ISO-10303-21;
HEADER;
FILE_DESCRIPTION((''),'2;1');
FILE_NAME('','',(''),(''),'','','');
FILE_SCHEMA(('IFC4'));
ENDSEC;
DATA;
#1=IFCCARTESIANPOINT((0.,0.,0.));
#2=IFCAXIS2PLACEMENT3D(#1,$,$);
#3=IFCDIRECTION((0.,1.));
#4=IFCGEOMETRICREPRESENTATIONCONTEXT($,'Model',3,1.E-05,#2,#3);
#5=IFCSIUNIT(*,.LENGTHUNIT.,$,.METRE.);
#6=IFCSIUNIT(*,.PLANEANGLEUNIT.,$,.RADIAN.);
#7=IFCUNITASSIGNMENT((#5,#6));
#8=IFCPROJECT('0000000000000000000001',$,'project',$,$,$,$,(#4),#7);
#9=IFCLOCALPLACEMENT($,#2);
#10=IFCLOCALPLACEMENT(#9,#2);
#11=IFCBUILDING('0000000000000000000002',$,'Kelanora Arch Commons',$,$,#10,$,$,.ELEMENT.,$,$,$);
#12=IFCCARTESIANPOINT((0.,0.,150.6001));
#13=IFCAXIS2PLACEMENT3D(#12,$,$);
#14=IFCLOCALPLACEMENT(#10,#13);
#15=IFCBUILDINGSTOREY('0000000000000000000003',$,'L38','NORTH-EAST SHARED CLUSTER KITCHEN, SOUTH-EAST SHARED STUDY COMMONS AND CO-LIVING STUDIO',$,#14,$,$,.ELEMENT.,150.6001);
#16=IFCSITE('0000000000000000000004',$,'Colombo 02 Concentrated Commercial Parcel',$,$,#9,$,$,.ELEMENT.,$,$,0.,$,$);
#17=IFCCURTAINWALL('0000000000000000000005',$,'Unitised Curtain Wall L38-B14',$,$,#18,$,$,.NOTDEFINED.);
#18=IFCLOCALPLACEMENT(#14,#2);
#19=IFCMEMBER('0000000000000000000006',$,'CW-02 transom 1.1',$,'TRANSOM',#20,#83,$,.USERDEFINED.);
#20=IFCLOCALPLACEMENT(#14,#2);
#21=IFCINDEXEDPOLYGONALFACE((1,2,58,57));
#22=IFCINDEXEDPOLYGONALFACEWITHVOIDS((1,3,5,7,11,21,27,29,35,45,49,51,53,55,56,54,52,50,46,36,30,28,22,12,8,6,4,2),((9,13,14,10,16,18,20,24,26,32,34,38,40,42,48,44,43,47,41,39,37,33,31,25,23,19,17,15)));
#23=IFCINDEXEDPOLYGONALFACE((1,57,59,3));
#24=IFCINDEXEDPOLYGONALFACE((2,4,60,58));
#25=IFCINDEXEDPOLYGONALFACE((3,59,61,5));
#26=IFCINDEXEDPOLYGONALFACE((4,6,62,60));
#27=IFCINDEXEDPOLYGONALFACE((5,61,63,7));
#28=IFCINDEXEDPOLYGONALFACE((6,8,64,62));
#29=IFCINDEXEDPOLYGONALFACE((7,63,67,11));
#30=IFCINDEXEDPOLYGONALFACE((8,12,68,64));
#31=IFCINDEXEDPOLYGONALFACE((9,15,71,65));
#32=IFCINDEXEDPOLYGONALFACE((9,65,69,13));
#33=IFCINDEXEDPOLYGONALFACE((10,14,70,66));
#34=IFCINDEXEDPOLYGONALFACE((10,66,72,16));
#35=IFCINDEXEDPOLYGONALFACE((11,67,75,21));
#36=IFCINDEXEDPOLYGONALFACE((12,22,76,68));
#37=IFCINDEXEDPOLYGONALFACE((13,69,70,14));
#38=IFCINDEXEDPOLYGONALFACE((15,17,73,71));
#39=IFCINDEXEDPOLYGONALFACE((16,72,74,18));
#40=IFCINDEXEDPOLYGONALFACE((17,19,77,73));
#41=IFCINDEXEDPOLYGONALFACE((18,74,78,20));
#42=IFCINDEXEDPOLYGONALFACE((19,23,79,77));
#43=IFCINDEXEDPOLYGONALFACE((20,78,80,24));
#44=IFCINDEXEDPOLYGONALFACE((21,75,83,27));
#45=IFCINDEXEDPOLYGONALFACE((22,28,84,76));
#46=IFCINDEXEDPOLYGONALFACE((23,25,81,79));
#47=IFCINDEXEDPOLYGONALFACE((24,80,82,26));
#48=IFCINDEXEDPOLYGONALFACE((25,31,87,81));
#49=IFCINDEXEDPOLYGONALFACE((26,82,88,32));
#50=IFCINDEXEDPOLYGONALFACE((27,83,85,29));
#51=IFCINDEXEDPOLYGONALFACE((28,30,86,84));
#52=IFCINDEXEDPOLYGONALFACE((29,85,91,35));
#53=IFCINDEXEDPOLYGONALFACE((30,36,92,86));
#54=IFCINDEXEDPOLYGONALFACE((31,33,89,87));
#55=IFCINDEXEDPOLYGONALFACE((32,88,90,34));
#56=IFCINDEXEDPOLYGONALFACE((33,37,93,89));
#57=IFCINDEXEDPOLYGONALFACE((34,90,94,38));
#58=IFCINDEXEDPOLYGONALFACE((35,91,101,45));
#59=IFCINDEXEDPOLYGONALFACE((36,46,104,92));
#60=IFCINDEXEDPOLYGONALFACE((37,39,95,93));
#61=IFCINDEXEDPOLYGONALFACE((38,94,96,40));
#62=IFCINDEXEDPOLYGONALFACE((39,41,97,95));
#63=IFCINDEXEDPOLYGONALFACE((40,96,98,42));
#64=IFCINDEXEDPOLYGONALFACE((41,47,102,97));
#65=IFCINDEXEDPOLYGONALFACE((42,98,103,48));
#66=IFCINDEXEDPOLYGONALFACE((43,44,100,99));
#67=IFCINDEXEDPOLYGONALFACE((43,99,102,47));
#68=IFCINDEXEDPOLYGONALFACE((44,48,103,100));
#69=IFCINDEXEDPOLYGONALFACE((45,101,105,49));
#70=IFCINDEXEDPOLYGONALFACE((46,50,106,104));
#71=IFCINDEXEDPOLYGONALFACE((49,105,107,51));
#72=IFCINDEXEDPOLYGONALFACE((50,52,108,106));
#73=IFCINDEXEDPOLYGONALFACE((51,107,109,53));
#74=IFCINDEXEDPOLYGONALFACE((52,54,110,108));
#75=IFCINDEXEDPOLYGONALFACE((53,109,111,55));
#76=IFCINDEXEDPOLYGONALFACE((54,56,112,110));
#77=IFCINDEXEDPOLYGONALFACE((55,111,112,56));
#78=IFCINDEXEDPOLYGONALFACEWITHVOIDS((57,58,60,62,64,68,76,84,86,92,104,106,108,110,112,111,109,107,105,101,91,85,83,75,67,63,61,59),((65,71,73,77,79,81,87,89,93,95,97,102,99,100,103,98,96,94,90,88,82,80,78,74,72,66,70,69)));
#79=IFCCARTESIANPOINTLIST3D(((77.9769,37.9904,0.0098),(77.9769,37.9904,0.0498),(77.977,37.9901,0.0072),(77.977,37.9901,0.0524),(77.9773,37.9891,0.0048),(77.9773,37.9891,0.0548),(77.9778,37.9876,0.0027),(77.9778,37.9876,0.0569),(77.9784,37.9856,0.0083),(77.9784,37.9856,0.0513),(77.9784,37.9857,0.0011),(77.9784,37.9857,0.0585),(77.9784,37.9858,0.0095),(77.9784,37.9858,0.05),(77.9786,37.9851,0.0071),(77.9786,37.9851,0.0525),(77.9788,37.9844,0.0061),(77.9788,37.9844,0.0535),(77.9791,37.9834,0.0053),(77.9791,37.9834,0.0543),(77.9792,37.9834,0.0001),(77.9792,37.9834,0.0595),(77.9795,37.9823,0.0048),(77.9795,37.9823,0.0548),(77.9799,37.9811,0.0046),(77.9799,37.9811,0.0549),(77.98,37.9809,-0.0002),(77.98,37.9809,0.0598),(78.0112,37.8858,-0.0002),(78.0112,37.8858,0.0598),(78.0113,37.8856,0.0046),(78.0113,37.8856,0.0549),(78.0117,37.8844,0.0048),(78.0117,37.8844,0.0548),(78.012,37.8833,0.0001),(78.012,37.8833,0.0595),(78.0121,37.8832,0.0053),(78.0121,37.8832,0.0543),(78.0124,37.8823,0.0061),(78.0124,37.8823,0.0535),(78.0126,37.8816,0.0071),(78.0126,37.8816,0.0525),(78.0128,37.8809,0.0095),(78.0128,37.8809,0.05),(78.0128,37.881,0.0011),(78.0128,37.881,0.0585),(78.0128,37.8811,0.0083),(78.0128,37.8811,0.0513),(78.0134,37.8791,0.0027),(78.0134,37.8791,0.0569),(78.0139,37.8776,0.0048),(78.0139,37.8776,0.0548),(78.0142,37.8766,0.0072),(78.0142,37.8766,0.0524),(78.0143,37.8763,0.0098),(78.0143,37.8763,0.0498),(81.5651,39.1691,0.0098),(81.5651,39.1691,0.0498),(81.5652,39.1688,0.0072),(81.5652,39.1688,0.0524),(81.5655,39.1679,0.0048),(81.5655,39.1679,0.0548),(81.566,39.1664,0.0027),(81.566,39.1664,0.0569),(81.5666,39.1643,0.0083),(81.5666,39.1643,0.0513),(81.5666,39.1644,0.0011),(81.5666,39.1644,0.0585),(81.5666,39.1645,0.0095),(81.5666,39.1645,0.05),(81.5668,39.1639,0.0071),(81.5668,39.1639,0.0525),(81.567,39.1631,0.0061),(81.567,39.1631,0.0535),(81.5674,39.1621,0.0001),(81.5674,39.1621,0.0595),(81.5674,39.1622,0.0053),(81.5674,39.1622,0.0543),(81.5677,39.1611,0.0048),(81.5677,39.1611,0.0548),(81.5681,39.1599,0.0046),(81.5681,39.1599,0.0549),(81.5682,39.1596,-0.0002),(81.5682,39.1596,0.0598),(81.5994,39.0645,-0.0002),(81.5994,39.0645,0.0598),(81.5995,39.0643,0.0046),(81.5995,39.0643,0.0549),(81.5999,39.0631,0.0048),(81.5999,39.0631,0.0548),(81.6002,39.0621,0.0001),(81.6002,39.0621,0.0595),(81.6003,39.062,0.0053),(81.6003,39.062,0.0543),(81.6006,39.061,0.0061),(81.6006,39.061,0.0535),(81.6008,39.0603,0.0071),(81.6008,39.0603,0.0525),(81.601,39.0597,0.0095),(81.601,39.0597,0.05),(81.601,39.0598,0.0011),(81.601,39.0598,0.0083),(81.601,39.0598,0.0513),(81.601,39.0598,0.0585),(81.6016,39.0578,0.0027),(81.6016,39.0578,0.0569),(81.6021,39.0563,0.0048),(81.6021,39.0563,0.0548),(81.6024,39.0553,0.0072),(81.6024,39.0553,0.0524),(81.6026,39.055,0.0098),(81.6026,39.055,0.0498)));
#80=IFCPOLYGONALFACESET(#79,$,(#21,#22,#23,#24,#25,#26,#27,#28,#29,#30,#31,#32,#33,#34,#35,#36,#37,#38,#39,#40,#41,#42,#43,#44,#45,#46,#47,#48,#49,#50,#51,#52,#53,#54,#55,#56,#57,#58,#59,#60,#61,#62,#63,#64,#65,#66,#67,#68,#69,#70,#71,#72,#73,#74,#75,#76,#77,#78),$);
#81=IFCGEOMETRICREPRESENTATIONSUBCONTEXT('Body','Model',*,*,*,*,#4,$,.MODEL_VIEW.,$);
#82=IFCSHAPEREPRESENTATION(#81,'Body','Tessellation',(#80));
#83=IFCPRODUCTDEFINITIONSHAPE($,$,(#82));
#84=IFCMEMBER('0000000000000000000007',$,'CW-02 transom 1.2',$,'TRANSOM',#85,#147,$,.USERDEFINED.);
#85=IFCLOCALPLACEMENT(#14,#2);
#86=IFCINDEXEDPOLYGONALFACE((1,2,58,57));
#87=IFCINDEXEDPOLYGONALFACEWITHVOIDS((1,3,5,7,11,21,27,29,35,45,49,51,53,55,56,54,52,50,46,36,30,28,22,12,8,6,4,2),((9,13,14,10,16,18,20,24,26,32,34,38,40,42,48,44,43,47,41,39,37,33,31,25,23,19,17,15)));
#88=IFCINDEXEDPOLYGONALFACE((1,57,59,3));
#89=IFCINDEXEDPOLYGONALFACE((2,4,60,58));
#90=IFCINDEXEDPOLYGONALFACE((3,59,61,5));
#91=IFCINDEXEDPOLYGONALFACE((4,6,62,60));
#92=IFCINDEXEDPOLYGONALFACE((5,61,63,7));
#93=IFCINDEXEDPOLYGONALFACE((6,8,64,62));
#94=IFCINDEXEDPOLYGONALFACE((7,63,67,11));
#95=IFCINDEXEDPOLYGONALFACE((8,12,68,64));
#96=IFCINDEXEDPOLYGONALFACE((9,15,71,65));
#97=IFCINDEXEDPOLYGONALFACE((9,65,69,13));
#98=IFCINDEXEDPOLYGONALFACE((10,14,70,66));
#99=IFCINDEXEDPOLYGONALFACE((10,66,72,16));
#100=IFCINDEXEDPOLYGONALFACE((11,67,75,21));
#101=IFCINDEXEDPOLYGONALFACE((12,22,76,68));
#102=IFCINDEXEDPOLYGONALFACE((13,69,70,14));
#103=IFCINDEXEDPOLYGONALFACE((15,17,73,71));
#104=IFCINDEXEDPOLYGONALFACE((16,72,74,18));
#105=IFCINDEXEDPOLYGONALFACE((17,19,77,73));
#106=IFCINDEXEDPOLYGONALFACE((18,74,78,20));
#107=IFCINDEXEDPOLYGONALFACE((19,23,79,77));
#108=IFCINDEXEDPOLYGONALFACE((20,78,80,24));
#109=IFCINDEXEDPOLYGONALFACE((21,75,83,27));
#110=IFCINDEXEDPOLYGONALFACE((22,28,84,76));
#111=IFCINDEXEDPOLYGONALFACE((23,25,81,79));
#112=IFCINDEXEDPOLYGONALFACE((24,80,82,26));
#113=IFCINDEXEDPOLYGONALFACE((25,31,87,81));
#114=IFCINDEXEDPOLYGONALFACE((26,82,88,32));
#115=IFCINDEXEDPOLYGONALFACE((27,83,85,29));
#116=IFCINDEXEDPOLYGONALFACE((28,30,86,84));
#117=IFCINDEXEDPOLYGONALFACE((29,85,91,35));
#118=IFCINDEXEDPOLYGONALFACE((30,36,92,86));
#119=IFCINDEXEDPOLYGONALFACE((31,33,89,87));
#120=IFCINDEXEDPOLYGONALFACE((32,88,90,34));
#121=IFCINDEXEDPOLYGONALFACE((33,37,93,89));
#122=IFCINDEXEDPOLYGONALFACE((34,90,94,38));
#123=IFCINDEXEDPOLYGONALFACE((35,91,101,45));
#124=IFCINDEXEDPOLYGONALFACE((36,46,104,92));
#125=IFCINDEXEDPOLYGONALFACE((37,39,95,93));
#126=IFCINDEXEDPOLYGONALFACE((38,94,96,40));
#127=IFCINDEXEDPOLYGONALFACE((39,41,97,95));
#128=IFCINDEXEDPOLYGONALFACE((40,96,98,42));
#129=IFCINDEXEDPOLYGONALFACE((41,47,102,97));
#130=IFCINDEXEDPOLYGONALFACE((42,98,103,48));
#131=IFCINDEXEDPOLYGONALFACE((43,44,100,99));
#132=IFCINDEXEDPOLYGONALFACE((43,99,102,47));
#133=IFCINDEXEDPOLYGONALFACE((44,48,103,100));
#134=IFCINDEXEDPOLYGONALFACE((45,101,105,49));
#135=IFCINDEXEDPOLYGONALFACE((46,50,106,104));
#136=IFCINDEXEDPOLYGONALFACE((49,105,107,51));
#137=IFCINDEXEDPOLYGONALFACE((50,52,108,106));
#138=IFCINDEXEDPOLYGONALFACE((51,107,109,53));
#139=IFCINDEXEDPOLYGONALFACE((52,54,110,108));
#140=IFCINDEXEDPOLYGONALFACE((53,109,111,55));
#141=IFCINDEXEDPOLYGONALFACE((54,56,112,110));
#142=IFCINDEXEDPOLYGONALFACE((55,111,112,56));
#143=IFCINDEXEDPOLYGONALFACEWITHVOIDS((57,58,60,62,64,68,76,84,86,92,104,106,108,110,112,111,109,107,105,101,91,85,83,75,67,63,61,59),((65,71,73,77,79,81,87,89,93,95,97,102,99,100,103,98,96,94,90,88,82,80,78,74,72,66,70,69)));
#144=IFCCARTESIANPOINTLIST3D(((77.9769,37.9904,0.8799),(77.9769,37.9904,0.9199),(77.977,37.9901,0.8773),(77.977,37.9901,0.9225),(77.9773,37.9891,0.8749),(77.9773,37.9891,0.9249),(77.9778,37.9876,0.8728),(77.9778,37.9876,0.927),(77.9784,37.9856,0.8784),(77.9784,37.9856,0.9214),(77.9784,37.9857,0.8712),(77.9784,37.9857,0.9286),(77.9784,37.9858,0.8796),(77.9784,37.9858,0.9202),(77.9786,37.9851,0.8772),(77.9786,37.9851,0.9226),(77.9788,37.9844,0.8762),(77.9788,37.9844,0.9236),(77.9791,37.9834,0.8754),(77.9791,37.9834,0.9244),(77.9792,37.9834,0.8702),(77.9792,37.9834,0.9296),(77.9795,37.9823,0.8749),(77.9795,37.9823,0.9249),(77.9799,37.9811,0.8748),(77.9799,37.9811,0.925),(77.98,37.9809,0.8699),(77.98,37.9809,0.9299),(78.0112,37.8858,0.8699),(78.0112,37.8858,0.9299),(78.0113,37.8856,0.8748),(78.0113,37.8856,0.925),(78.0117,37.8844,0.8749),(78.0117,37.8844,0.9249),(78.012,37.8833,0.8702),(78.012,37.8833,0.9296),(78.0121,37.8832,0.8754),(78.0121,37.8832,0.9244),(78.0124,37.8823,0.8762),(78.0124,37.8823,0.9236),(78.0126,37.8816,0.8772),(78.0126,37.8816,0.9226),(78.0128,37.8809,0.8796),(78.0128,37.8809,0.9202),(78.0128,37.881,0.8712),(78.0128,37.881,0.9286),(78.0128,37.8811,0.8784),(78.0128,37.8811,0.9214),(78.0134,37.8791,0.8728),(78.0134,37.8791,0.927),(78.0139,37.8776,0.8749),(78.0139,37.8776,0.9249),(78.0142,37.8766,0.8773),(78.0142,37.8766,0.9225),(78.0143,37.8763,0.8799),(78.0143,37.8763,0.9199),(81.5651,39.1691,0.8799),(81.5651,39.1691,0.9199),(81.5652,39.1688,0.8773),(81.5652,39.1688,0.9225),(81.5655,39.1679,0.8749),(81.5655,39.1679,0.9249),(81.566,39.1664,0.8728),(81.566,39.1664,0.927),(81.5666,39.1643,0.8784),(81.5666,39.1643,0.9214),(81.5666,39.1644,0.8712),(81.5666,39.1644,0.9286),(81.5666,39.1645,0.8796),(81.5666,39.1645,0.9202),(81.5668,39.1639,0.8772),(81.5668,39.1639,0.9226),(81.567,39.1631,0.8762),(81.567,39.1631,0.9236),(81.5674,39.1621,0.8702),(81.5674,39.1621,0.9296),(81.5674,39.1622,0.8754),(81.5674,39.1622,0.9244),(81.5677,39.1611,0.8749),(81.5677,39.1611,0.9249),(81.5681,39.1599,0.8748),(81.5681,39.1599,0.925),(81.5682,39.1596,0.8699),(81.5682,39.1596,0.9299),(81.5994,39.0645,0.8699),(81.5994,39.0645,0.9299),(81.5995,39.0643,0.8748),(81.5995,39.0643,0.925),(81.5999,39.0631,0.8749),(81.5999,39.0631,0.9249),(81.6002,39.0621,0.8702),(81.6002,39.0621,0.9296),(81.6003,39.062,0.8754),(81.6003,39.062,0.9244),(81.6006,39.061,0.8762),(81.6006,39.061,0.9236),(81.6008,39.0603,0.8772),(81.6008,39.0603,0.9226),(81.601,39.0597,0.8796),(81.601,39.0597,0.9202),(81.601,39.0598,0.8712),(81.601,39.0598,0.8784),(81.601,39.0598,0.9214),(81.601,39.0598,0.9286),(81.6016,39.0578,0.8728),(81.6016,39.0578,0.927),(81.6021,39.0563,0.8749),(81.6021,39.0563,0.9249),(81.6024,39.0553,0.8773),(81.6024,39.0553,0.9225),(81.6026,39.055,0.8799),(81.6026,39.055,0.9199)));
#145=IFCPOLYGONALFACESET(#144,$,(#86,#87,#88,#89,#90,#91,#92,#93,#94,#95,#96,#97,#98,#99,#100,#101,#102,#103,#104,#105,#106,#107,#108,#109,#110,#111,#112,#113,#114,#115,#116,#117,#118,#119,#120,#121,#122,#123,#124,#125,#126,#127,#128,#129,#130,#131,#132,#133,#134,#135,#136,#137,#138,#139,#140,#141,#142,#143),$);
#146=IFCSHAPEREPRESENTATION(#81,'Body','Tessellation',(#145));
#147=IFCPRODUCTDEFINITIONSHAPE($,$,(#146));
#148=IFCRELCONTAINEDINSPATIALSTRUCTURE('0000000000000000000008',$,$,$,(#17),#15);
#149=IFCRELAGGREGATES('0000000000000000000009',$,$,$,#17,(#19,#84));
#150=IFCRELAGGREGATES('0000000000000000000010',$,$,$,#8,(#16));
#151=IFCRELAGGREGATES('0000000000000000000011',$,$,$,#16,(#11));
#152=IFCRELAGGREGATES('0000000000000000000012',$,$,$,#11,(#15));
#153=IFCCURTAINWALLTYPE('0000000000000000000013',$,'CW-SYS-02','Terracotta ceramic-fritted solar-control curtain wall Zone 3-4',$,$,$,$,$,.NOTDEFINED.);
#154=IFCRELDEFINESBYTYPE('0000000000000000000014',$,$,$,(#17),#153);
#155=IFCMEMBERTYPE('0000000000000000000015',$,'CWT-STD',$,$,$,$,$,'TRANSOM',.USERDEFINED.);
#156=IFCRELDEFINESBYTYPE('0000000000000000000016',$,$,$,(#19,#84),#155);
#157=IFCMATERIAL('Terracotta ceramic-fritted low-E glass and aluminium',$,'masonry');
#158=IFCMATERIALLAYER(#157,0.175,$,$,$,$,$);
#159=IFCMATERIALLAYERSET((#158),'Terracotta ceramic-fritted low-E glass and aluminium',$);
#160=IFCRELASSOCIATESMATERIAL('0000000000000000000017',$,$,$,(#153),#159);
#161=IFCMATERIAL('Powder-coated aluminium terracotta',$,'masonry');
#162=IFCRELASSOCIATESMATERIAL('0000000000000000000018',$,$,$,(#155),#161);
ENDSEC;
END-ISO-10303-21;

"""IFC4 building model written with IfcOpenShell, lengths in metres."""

from ifc_helpers import new_model, si_unit, direction, frame, origin, origin_2d, place, context, subcontext, project, spatial, hollow_rectangle, extrude, material, layer, layer_set, material_profile, profile_set, type_object, element, aggregate, save


model = new_model("IFC4")

# Units and contexts
model_context = context("Model", 3, precision=1e-05, world=origin(), true_north=direction((0.0, 1.0)))
body_context = subcontext(model_context, "Body", "Model", "MODEL_VIEW")
ifc_project = project(units=[si_unit("LENGTHUNIT", "METRE"), si_unit("PLANEANGLEUNIT", "RADIAN")], contexts=[model_context])

# Site, building, storey
site_placement = place(None, origin())
site = spatial("IfcSite", under=ifc_project, at=site_placement, Name="Colombo 02 Concentrated Commercial Parcel", CompositionType="ELEMENT", RefElevation=0.0)
building_placement = place(site_placement, origin())
building = spatial("IfcBuilding", under=site, at=building_placement, Name="Kelanora Arch Commons", CompositionType="ELEMENT")
storey_placement = place(building_placement, frame((0.0, 0.0, 150.6001)))
storey = spatial("IfcBuildingStorey", under=building, at=storey_placement, Name="L38", Description="NORTH-EAST SHARED CLUSTER KITCHEN, SOUTH-EAST SHARED STUDY COMMONS AND CO-LIVING STUDIO", CompositionType="ELEMENT", Elevation=150.6001)

# Curtain wall, members
ifc_material_1 = material(Name="Terracotta ceramic-fritted low-E glass and aluminium", Category="masonry")
ifc_layer_1 = layer(ifc_material_1, 0.175)
ifc_layer_set_1 = layer_set([ifc_layer_1], Name="Terracotta ceramic-fritted low-E glass and aluminium")
curtain_wall_type = type_object("IfcCurtainWallType", Name="CW-SYS-02", Description="Terracotta ceramic-fritted solar-control curtain wall Zone 3-4", PredefinedType="NOTDEFINED", material=ifc_layer_set_1)
curtain_wall_placement = place(storey_placement, origin())
curtain_wall = element("IfcCurtainWall", 1, at=curtain_wall_placement, inside=storey, type_object=curtain_wall_type, Name="Unitised Curtain Wall L38-B14", PredefinedType="NOTDEFINED")
ifc_material_2 = material(Name="Powder-coated aluminium terracotta", Category="masonry")
ifc_material_profile_1 = material_profile(ifc_material_2, hollow_rectangle(XDim=0.1201, YDim=0.0601, WallThickness=0.0049, InnerFilletRadius=0.0049, OuterFilletRadius=0.01, at=origin_2d()), Name="CWT120x60")
ifc_profile_set_1 = profile_set([ifc_material_profile_1], Name="Powder-coated aluminium terracotta")
member_type_1 = type_object("IfcMemberType", Name="CWT-STD", ElementType="TRANSOM", PredefinedType="USERDEFINED", material=ifc_profile_set_1)
member_1_placement = place(storey_placement, frame((77.9956, 37.9333, 0.0298), z_axis=(0.950051, 0.312094, 0.0), x_axis=(-0.312094, 0.950051, 0.0)))
member_1 = element("IfcMember", 2, at=member_1_placement, type_object=member_type_1, Name="CW-02 transom 1.1", ObjectType="TRANSOM", PredefinedType="USERDEFINED", context=body_context, shape_type="SweptSolid", body=[
    extrude(hollow_rectangle(XDim=0.1201, YDim=0.0601, WallThickness=0.0049, InnerFilletRadius=0.0049, OuterFilletRadius=0.01, at=origin_2d()), origin(), (0.0, 0.0, 1.0), 3.7769),
])
member_2_placement = place(storey_placement, frame((77.9956, 37.9333, 0.8999), z_axis=(0.950051, 0.312094, 0.0), x_axis=(-0.312094, 0.950051, 0.0)))
member_2 = element("IfcMember", 3, at=member_2_placement, type_object=member_type_1, Name="CW-02 transom 1.2", ObjectType="TRANSOM", PredefinedType="USERDEFINED", context=body_context, shape_type="SweptSolid", body=[
    extrude(hollow_rectangle(XDim=0.1201, YDim=0.0601, WallThickness=0.0049, InnerFilletRadius=0.0049, OuterFilletRadius=0.01, at=origin_2d()), origin(), (0.0, 0.0, 1.0), 3.7769),
])
aggregate(curtain_wall, [member_1, member_2])

save(model, "model.ifc")
